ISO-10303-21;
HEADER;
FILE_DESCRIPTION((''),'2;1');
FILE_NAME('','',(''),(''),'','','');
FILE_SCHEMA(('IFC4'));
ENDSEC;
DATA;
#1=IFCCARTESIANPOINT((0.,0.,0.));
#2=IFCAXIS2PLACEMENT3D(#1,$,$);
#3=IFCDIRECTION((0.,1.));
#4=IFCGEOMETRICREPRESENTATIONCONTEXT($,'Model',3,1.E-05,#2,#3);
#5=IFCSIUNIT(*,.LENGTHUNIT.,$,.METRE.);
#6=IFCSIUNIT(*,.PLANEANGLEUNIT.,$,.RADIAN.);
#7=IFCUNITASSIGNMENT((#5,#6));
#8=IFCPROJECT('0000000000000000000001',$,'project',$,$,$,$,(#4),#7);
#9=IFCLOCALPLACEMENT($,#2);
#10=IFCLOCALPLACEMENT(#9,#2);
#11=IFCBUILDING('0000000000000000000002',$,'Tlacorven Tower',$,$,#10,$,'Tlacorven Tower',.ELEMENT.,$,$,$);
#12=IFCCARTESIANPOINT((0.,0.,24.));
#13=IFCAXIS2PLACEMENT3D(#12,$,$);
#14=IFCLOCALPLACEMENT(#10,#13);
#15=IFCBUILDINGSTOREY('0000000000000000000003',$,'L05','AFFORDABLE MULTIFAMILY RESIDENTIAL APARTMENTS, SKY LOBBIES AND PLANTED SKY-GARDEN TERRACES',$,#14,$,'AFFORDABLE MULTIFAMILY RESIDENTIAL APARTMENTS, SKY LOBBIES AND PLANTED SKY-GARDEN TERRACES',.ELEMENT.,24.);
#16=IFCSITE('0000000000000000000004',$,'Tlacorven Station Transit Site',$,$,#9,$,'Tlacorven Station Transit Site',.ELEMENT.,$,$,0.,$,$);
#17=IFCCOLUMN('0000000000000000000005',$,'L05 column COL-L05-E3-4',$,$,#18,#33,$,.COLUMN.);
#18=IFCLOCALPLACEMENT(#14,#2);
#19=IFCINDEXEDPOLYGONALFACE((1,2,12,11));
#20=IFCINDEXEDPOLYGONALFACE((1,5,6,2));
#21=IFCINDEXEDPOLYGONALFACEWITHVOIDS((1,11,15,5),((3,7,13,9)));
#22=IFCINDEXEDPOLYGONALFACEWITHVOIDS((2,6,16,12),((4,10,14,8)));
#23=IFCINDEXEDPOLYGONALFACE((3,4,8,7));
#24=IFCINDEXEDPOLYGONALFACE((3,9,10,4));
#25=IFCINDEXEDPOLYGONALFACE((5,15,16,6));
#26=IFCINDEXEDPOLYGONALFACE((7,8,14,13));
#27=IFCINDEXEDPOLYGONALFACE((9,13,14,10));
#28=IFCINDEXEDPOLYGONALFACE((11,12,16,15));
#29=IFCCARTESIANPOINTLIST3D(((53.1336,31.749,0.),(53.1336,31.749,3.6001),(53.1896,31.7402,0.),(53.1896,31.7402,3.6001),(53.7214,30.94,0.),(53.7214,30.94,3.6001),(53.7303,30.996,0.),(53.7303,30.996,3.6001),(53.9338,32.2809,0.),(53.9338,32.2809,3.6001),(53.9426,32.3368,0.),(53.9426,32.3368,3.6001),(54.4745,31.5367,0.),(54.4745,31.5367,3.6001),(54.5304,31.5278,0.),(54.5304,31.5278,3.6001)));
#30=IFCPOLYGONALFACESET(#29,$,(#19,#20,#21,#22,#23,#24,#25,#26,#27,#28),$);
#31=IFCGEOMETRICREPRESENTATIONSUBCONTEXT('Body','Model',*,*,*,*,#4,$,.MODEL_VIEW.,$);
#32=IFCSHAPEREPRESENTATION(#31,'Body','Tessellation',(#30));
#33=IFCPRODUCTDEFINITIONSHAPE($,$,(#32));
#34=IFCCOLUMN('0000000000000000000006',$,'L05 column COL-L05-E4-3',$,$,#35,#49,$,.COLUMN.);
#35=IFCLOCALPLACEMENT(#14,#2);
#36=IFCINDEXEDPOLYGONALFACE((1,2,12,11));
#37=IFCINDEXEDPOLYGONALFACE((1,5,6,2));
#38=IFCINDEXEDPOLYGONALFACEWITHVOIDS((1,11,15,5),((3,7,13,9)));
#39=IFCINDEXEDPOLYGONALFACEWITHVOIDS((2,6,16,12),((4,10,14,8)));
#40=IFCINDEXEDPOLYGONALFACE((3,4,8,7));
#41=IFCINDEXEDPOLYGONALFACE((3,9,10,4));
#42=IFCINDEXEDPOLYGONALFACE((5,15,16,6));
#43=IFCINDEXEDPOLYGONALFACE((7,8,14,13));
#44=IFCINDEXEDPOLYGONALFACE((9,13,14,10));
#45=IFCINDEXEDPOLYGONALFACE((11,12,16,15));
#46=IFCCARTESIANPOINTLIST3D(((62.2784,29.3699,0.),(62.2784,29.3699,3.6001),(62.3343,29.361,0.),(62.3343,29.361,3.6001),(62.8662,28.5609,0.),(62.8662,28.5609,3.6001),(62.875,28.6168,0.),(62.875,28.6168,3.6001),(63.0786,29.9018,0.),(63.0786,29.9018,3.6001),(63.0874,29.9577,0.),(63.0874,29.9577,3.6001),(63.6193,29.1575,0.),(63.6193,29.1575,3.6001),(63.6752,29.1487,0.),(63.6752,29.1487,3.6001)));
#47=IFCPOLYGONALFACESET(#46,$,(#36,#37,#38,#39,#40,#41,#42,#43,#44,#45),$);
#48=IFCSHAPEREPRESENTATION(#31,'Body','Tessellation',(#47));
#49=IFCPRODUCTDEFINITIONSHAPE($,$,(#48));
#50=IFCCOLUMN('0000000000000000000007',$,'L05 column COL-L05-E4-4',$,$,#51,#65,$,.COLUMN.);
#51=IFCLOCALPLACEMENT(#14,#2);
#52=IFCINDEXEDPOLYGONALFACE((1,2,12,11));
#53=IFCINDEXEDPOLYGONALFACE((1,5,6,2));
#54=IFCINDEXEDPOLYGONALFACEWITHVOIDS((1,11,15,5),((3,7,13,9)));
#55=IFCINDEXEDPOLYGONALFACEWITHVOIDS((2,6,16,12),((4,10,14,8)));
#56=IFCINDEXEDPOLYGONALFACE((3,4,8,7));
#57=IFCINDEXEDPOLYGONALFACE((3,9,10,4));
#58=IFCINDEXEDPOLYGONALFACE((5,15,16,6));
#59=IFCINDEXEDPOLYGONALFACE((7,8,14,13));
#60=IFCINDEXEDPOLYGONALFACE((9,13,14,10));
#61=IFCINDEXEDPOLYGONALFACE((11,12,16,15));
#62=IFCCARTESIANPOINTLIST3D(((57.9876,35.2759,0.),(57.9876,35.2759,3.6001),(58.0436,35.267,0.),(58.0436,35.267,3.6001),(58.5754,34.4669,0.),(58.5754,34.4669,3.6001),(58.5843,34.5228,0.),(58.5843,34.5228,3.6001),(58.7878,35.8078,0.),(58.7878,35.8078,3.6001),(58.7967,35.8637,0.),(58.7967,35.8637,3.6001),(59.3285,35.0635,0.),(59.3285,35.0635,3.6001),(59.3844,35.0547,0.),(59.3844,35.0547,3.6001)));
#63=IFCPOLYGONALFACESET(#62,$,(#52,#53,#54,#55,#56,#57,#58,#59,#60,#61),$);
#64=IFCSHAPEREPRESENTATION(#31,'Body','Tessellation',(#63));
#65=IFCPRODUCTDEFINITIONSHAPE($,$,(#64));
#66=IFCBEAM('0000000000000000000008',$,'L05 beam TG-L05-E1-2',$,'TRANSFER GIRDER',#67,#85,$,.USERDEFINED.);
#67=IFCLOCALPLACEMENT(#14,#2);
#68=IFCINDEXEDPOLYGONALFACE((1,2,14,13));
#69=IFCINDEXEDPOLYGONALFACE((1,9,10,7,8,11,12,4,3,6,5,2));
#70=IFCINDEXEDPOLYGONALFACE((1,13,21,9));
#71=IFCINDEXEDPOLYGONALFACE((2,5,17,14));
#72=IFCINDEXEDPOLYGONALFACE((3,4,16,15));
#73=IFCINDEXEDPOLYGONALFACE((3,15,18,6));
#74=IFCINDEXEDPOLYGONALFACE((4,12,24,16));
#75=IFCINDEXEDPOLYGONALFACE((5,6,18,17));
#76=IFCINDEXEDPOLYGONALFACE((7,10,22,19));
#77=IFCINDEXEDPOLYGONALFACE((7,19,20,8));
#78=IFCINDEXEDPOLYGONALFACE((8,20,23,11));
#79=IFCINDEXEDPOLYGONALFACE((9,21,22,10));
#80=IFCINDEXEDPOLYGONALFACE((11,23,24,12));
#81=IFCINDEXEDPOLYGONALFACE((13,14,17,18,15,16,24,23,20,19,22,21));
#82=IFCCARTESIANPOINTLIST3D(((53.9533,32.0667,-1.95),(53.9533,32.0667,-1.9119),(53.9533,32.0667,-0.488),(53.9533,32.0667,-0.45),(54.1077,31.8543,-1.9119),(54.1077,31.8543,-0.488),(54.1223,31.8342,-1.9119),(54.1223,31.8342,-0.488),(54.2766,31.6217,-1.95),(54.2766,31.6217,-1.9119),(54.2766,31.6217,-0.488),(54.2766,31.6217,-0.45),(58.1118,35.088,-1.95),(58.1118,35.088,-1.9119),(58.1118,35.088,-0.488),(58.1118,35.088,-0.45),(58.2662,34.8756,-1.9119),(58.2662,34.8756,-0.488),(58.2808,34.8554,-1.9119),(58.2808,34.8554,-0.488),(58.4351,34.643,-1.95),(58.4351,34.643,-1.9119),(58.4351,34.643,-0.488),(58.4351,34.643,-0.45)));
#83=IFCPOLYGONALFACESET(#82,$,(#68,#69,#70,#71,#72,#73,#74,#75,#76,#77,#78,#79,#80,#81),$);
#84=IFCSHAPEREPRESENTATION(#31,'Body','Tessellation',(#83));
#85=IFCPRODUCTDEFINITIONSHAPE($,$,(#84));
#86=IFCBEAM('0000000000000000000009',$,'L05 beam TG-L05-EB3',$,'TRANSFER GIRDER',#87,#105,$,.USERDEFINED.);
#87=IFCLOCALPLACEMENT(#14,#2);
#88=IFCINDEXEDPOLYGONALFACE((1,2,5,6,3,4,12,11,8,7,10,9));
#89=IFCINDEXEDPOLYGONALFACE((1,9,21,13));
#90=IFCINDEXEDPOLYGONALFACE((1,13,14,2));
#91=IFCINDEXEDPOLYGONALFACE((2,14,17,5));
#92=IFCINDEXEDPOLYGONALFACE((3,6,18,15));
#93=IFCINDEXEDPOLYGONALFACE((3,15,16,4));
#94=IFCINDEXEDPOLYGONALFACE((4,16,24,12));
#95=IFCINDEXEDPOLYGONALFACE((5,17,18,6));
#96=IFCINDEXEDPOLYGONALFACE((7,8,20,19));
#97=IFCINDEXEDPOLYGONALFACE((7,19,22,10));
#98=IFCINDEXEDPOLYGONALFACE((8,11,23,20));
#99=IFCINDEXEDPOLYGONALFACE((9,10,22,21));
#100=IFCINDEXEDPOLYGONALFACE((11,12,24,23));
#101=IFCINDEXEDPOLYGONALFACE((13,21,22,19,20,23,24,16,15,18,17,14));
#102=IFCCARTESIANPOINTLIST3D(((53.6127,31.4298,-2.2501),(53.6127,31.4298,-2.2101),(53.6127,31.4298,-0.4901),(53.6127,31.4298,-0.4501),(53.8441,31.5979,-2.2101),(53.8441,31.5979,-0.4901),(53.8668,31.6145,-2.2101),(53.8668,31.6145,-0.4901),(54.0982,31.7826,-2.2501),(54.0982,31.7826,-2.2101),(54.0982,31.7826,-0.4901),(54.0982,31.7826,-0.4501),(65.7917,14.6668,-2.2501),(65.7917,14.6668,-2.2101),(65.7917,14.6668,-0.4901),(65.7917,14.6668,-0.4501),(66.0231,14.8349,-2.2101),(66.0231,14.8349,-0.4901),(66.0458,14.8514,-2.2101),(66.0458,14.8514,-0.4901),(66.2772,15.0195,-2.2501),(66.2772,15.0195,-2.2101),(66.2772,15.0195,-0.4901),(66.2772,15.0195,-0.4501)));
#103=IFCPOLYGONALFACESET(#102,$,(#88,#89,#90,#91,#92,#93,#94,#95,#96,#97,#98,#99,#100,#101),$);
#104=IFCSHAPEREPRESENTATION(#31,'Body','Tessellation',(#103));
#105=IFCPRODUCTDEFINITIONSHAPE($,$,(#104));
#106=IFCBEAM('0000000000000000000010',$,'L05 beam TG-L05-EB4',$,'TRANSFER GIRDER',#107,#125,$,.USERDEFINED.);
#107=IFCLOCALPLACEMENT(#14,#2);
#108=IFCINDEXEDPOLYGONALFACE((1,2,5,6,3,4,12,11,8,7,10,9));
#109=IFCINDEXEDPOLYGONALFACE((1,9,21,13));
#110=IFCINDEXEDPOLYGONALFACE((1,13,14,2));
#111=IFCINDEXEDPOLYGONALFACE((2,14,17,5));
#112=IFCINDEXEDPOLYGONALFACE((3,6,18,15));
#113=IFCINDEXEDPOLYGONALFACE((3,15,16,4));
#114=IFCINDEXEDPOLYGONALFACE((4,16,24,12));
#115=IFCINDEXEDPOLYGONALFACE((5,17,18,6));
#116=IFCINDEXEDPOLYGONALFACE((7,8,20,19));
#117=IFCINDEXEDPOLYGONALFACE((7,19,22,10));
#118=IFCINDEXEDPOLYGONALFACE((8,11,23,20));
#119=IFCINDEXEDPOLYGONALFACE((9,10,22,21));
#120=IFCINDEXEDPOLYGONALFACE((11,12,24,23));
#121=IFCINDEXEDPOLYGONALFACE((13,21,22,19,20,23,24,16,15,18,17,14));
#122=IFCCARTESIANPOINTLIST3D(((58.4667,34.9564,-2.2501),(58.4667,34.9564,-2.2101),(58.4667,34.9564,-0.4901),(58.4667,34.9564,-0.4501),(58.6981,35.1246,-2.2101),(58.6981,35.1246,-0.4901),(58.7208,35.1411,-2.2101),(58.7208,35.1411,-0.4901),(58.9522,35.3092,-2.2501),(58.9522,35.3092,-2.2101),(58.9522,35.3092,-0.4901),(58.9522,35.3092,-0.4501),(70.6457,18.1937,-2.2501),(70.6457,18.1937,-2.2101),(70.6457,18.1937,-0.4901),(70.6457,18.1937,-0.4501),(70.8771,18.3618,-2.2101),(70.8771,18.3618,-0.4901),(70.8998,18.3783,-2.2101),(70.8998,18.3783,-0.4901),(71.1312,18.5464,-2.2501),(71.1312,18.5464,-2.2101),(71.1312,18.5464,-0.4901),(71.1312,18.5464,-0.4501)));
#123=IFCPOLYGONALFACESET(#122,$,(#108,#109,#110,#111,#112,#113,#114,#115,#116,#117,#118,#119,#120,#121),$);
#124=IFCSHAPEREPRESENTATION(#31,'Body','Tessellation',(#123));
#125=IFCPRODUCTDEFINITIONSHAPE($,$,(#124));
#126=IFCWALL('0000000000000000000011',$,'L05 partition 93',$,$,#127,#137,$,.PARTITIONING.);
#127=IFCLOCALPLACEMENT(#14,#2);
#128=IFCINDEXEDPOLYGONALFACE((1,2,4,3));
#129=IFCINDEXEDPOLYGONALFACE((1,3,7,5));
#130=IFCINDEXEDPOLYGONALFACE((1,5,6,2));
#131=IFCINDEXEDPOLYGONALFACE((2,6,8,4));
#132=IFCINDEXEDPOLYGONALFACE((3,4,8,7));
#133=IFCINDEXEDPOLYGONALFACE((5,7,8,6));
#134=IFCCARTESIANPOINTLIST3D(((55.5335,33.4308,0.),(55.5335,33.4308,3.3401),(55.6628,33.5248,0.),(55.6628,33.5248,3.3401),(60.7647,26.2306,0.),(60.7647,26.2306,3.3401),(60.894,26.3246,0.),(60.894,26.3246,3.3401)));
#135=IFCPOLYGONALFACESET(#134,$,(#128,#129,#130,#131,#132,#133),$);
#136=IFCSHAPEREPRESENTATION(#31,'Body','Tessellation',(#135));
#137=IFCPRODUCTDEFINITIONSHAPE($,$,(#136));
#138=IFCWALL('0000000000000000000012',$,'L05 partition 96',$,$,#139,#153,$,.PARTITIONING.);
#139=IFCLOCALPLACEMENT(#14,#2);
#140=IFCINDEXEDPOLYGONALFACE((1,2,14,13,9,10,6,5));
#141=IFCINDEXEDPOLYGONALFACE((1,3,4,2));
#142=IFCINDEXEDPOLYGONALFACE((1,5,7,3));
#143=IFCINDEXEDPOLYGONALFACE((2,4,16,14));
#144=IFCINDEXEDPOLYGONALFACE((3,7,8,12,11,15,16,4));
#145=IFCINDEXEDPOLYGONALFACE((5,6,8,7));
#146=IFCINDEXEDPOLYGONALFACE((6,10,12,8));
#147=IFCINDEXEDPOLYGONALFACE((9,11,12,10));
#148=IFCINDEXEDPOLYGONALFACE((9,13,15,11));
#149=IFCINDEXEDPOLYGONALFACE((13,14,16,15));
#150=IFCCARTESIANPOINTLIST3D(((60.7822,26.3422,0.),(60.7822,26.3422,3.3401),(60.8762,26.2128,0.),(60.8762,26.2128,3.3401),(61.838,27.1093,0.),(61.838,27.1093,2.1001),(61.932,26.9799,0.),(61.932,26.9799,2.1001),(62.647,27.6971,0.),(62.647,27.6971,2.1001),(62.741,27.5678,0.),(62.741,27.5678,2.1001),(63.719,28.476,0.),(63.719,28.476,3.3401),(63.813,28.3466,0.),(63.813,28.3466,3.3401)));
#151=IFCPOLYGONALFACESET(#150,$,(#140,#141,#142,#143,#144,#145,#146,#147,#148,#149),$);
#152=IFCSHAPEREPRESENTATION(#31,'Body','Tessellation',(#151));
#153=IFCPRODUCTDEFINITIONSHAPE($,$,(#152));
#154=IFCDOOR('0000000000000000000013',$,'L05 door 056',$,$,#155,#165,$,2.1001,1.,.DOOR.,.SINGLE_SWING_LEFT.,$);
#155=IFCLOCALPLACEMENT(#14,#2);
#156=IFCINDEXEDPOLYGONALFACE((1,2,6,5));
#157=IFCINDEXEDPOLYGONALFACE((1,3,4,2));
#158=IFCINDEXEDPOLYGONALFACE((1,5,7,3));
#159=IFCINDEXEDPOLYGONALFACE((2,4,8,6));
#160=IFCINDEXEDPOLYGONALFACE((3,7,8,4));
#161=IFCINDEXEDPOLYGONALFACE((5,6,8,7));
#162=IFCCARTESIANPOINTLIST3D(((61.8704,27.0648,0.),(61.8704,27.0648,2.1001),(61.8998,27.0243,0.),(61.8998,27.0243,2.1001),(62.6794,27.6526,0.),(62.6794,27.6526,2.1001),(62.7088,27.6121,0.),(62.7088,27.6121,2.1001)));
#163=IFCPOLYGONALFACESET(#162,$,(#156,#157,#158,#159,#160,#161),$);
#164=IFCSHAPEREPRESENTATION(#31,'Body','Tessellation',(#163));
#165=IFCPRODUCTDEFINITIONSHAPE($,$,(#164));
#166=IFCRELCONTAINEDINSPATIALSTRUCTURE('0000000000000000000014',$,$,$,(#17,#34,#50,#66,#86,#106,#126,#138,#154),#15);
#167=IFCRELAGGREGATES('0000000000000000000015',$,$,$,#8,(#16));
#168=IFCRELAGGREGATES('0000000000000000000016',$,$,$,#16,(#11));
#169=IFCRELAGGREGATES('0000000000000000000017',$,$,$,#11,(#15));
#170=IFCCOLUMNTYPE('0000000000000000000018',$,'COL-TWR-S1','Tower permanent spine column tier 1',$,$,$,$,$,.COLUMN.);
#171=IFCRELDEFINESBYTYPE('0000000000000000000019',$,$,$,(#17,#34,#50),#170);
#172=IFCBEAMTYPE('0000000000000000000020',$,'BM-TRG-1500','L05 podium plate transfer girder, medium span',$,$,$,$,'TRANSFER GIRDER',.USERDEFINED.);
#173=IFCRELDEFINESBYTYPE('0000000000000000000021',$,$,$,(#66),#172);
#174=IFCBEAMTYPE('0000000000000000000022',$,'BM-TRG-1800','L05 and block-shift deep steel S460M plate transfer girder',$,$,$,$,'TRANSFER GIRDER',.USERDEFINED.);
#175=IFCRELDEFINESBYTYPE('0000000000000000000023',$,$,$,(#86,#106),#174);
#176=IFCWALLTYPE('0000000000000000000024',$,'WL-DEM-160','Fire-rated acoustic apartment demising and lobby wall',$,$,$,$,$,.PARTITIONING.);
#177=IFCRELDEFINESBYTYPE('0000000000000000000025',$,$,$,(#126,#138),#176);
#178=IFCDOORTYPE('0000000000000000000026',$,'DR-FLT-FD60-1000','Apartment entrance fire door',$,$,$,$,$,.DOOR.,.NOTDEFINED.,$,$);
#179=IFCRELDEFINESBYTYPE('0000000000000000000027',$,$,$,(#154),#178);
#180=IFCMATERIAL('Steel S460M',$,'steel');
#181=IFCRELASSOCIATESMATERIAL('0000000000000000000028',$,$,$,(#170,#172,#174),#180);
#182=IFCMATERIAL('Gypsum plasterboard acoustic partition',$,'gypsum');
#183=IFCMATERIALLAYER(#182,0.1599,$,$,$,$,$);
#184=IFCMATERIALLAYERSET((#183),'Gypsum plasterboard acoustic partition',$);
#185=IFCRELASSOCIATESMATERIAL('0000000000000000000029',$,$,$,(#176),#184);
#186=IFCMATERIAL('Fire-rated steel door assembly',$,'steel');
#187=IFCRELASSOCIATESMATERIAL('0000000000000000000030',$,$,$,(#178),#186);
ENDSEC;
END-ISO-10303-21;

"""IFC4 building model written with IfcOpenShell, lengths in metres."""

from ifc_helpers import new_model, si_unit, direction, frame, frame_2d, origin, origin_2d, place, context, subcontext, project, spatial, rectangle, hollow_rectangle, i_section, extrude, source, transform, mapped, material, layer, layer_set, material_profile, profile_set, type_object, element, fill, save


model = new_model("IFC4")

# Units and contexts
model_context = context("Model", 3, precision=1e-05, world=origin(), true_north=direction((0.0, 1.0)))
body_context = subcontext(model_context, "Body", "Model", "MODEL_VIEW")
ifc_project = project(units=[si_unit("LENGTHUNIT", "METRE"), si_unit("PLANEANGLEUNIT", "RADIAN")], contexts=[model_context])

# Site, building, storey
site_placement = place(None, origin())
site = spatial("IfcSite", under=ifc_project, at=site_placement, Name="Tlacorven Station Transit Site", LongName="Tlacorven Station Transit Site", CompositionType="ELEMENT", RefElevation=0.0)
building_placement = place(site_placement, origin())
building = spatial("IfcBuilding", under=site, at=building_placement, Name="Tlacorven Tower", LongName="Tlacorven Tower", CompositionType="ELEMENT")
storey_placement = place(building_placement, frame((0.0, 0.0, 24.0)))
storey = spatial("IfcBuildingStorey", under=building, at=storey_placement, Name="L05", Description="AFFORDABLE MULTIFAMILY RESIDENTIAL APARTMENTS, SKY LOBBIES AND PLANTED SKY-GARDEN TERRACES", LongName="AFFORDABLE MULTIFAMILY RESIDENTIAL APARTMENTS, SKY LOBBIES AND PLANTED SKY-GARDEN TERRACES", CompositionType="ELEMENT", Elevation=24.0)

# Columns
ifc_material_1 = material(Name="Steel S460M", Category="steel")
ifc_material_profile_1 = material_profile(ifc_material_1, hollow_rectangle(XDim=1.0, YDim=1.0, WallThickness=0.04, at=origin_2d()), Name="BOX 1000X1000X40")
ifc_profile_set_1 = profile_set([ifc_material_profile_1], Name="Steel S460M")
column_type = type_object("IfcColumnType", Name="COL-TWR-S1", Description="Tower permanent spine column tier 1", PredefinedType="COLUMN", material=ifc_profile_set_1)
shared_shape_1 = source(origin(), body_context, "Body", "SweptSolid", [
    extrude(hollow_rectangle(XDim=1.0, YDim=1.0, WallThickness=0.04, at=origin_2d()), origin(), (0.0, 0.0, 1.0), 3.6001),
])
for number, where, z_axis, x_axis, name in (
    (1, (53.832, 31.6384, 0.0), (0.0, 0.0, 1.0), (0.809017, 0.587785, 0.0), "L05 column COL-L05-E3-4"),
    (2, (62.9768, 29.2593, 0.0), (0.0, 0.0, 1.0), (0.809017, 0.587785, 0.0), "L05 column COL-L05-E4-3"),
    (3, (58.686, 35.1653, 0.0), (0.0, 0.0, 1.0), (0.809017, 0.587785, 0.0), "L05 column COL-L05-E4-4"),
):
    element("IfcColumn", number, at=place(storey_placement, frame(where, z_axis=z_axis, x_axis=x_axis)), inside=storey, type_object=column_type, Name=name, PredefinedType="COLUMN", context=body_context, shape_type="MappedRepresentation", body=[
        mapped(shared_shape_1, transform((0.0, 0.0, 0.0), scale=1.0)),
    ])

# Beams
ifc_material_profile_2 = material_profile(ifc_material_1, i_section(OverallWidth=0.55, OverallDepth=1.5, WebThickness=0.0249, FlangeThickness=0.0381, at=origin_2d()), Name="PG 1500X550X25X38")
ifc_profile_set_2 = profile_set([ifc_material_profile_2], Name="Steel S460M")
beam_type_1 = type_object("IfcBeamType", Name="BM-TRG-1500", Description="L05 podium plate transfer girder, medium span", ElementType="TRANSFER GIRDER", PredefinedType="USERDEFINED", material=ifc_profile_set_2)
shared_shape_2 = source(origin(), body_context, "Body", "SweptSolid", [
    extrude(i_section(OverallWidth=0.55, OverallDepth=1.5, WebThickness=0.0249, FlangeThickness=0.0381, at=origin_2d()), origin(), (0.0, 0.0, 1.0), 5.1401),
])
beam_1_placement = place(storey_placement, frame((54.115, 31.8442, -1.2), z_axis=(0.809021, 0.587779, 0.0), x_axis=(-0.587779, 0.809021, 0.0)))
element("IfcBeam", 4, at=beam_1_placement, inside=storey, type_object=beam_type_1, Name="L05 beam TG-L05-E1-2", ObjectType="TRANSFER GIRDER", PredefinedType="USERDEFINED", context=body_context, shape_type="MappedRepresentation", body=[
    mapped(shared_shape_2, transform((0.0, 0.0, 0.0), scale=1.0)),
])
ifc_material_profile_3 = material_profile(ifc_material_1, i_section(OverallWidth=0.6001, OverallDepth=1.8, WebThickness=0.0281, FlangeThickness=0.04, at=origin_2d()), Name="PG 1800X600X28X40")
ifc_profile_set_3 = profile_set([ifc_material_profile_3], Name="Steel S460M")
beam_type_2 = type_object("IfcBeamType", Name="BM-TRG-1800", Description="L05 and block-shift deep steel S460M plate transfer girder", ElementType="TRANSFER GIRDER", PredefinedType="USERDEFINED", material=ifc_profile_set_3)
shared_shape_3 = source(origin(), body_context, "Body", "SweptSolid", [
    extrude(i_section(OverallWidth=0.6001, OverallDepth=1.8, WebThickness=0.0281, FlangeThickness=0.04, at=origin_2d()), origin(), (0.0, 0.0, 1.0), 20.7202),
])
beam_2_placement = place(storey_placement, frame((53.8555, 31.6062, -1.3501), z_axis=(0.587784, -0.809018, 0.0), x_axis=(0.809018, 0.587784, 0.0)))
element("IfcBeam", 5, at=beam_2_placement, inside=storey, type_object=beam_type_2, Name="L05 beam TG-L05-EB3", ObjectType="TRANSFER GIRDER", PredefinedType="USERDEFINED", context=body_context, shape_type="MappedRepresentation", body=[
    mapped(shared_shape_3, transform((0.0, 0.0, 0.0), scale=1.0)),
])
shared_shape_4 = source(origin(), body_context, "Body", "SweptSolid", [
    extrude(i_section(OverallWidth=0.6001, OverallDepth=1.8, WebThickness=0.0281, FlangeThickness=0.04, at=origin_2d()), origin(), (0.0, 0.0, 1.0), 20.72),
])
beam_3_placement = place(storey_placement, frame((58.7095, 35.1328, -1.3501), z_axis=(0.58779, -0.809014, 0.0), x_axis=(0.809014, 0.58779, 0.0)))
element("IfcBeam", 6, at=beam_3_placement, inside=storey, type_object=beam_type_2, Name="L05 beam TG-L05-EB4", ObjectType="TRANSFER GIRDER", PredefinedType="USERDEFINED", context=body_context, shape_type="MappedRepresentation", body=[
    mapped(shared_shape_4, transform((0.0, 0.0, 0.0), scale=1.0)),
])

# Wall
ifc_material_2 = material(Name="Gypsum plasterboard acoustic partition", Category="gypsum")
ifc_layer_1 = layer(ifc_material_2, 0.1599)
ifc_layer_set_1 = layer_set([ifc_layer_1], Name="Gypsum plasterboard acoustic partition")
wall_type_1 = type_object("IfcWallType", Name="WL-DEM-160", Description="Fire-rated acoustic apartment demising and lobby wall", PredefinedType="PARTITIONING", material=ifc_layer_set_1)
wall_1_placement = place(storey_placement, frame((60.8293, 26.2776, 0.0), z_axis=(0.0, 0.0, 1.0), x_axis=(-0.587782, 0.80902, 0.0)))
element("IfcWall", 7, at=wall_1_placement, inside=storey, type_object=wall_type_1, Name="L05 partition 93", PredefinedType="PARTITIONING", context=body_context, shape_type="SweptSolid", body=[
    extrude(rectangle(XDim=8.8999, YDim=0.1599, at=frame_2d((4.45, 0.0))), origin(), (0.0, 0.0, 1.0), 3.3401),
])

# Wall, opening, door
wall_2_placement = place(storey_placement, frame((60.8293, 26.2776, 0.0), z_axis=(0.0, 0.0, 1.0), x_axis=(0.809004, 0.587804, 0.0)))
wall_2 = element("IfcWall", 8, at=wall_2_placement, inside=storey, type_object=wall_type_1, Name="L05 partition 96", PredefinedType="PARTITIONING", context=body_context, shape_type="SweptSolid", body=[
    extrude(rectangle(XDim=3.6301, YDim=0.1599, at=frame_2d((1.8149, 0.0))), origin(), (0.0, 0.0, 1.0), 3.3401),
])
opening_1_placement = place(wall_2_placement, frame((1.3049, 0.0, 0.0)))
opening_1 = element("IfcOpeningElement", 9, at=opening_1_placement, cuts=wall_2, PredefinedType="OPENING", context=body_context, shape_type="SweptSolid", body=[
    extrude(rectangle(XDim=1.0, YDim=2.1001, at=frame_2d((0.5, 1.05))), frame((0.0, 0.0898, 0.0), z_axis=(0.0, -1.0, 0.0), x_axis=(1.0, 0.0, 0.0)), (0.0, 0.0, 1.0), 0.1799),
])
ifc_material_3 = material(Name="Fire-rated steel door assembly", Category="steel")
door_type = type_object("IfcDoorType", Name="DR-FLT-FD60-1000", Description="Apartment entrance fire door", OperationType="NOTDEFINED", PredefinedType="DOOR", material=ifc_material_3)
shared_shape_5 = source(origin(), body_context, "Body", "SweptSolid", [
    extrude(rectangle(XDim=1.0, YDim=2.1001, at=frame_2d((0.5, 1.05))), frame((0.0, 0.0249, 0.0), z_axis=(0.0, -1.0, 0.0), x_axis=(1.0, 0.0, 0.0)), (0.0, 0.0, 1.0), 0.05),
])
door_placement = place(opening_1_placement, origin())
door = element("IfcDoor", 10, at=door_placement, inside=storey, type_object=door_type, Name="L05 door 056", OperationType="SINGLE_SWING_LEFT", OverallHeight=2.1001, OverallWidth=1.0, PredefinedType="DOOR", context=body_context, shape_type="MappedRepresentation", body=[
    mapped(shared_shape_5, transform((0.0, 0.0, 0.0), scale=1.0)),
])
fill(opening_1, door)

save(model, "model.ifc")
